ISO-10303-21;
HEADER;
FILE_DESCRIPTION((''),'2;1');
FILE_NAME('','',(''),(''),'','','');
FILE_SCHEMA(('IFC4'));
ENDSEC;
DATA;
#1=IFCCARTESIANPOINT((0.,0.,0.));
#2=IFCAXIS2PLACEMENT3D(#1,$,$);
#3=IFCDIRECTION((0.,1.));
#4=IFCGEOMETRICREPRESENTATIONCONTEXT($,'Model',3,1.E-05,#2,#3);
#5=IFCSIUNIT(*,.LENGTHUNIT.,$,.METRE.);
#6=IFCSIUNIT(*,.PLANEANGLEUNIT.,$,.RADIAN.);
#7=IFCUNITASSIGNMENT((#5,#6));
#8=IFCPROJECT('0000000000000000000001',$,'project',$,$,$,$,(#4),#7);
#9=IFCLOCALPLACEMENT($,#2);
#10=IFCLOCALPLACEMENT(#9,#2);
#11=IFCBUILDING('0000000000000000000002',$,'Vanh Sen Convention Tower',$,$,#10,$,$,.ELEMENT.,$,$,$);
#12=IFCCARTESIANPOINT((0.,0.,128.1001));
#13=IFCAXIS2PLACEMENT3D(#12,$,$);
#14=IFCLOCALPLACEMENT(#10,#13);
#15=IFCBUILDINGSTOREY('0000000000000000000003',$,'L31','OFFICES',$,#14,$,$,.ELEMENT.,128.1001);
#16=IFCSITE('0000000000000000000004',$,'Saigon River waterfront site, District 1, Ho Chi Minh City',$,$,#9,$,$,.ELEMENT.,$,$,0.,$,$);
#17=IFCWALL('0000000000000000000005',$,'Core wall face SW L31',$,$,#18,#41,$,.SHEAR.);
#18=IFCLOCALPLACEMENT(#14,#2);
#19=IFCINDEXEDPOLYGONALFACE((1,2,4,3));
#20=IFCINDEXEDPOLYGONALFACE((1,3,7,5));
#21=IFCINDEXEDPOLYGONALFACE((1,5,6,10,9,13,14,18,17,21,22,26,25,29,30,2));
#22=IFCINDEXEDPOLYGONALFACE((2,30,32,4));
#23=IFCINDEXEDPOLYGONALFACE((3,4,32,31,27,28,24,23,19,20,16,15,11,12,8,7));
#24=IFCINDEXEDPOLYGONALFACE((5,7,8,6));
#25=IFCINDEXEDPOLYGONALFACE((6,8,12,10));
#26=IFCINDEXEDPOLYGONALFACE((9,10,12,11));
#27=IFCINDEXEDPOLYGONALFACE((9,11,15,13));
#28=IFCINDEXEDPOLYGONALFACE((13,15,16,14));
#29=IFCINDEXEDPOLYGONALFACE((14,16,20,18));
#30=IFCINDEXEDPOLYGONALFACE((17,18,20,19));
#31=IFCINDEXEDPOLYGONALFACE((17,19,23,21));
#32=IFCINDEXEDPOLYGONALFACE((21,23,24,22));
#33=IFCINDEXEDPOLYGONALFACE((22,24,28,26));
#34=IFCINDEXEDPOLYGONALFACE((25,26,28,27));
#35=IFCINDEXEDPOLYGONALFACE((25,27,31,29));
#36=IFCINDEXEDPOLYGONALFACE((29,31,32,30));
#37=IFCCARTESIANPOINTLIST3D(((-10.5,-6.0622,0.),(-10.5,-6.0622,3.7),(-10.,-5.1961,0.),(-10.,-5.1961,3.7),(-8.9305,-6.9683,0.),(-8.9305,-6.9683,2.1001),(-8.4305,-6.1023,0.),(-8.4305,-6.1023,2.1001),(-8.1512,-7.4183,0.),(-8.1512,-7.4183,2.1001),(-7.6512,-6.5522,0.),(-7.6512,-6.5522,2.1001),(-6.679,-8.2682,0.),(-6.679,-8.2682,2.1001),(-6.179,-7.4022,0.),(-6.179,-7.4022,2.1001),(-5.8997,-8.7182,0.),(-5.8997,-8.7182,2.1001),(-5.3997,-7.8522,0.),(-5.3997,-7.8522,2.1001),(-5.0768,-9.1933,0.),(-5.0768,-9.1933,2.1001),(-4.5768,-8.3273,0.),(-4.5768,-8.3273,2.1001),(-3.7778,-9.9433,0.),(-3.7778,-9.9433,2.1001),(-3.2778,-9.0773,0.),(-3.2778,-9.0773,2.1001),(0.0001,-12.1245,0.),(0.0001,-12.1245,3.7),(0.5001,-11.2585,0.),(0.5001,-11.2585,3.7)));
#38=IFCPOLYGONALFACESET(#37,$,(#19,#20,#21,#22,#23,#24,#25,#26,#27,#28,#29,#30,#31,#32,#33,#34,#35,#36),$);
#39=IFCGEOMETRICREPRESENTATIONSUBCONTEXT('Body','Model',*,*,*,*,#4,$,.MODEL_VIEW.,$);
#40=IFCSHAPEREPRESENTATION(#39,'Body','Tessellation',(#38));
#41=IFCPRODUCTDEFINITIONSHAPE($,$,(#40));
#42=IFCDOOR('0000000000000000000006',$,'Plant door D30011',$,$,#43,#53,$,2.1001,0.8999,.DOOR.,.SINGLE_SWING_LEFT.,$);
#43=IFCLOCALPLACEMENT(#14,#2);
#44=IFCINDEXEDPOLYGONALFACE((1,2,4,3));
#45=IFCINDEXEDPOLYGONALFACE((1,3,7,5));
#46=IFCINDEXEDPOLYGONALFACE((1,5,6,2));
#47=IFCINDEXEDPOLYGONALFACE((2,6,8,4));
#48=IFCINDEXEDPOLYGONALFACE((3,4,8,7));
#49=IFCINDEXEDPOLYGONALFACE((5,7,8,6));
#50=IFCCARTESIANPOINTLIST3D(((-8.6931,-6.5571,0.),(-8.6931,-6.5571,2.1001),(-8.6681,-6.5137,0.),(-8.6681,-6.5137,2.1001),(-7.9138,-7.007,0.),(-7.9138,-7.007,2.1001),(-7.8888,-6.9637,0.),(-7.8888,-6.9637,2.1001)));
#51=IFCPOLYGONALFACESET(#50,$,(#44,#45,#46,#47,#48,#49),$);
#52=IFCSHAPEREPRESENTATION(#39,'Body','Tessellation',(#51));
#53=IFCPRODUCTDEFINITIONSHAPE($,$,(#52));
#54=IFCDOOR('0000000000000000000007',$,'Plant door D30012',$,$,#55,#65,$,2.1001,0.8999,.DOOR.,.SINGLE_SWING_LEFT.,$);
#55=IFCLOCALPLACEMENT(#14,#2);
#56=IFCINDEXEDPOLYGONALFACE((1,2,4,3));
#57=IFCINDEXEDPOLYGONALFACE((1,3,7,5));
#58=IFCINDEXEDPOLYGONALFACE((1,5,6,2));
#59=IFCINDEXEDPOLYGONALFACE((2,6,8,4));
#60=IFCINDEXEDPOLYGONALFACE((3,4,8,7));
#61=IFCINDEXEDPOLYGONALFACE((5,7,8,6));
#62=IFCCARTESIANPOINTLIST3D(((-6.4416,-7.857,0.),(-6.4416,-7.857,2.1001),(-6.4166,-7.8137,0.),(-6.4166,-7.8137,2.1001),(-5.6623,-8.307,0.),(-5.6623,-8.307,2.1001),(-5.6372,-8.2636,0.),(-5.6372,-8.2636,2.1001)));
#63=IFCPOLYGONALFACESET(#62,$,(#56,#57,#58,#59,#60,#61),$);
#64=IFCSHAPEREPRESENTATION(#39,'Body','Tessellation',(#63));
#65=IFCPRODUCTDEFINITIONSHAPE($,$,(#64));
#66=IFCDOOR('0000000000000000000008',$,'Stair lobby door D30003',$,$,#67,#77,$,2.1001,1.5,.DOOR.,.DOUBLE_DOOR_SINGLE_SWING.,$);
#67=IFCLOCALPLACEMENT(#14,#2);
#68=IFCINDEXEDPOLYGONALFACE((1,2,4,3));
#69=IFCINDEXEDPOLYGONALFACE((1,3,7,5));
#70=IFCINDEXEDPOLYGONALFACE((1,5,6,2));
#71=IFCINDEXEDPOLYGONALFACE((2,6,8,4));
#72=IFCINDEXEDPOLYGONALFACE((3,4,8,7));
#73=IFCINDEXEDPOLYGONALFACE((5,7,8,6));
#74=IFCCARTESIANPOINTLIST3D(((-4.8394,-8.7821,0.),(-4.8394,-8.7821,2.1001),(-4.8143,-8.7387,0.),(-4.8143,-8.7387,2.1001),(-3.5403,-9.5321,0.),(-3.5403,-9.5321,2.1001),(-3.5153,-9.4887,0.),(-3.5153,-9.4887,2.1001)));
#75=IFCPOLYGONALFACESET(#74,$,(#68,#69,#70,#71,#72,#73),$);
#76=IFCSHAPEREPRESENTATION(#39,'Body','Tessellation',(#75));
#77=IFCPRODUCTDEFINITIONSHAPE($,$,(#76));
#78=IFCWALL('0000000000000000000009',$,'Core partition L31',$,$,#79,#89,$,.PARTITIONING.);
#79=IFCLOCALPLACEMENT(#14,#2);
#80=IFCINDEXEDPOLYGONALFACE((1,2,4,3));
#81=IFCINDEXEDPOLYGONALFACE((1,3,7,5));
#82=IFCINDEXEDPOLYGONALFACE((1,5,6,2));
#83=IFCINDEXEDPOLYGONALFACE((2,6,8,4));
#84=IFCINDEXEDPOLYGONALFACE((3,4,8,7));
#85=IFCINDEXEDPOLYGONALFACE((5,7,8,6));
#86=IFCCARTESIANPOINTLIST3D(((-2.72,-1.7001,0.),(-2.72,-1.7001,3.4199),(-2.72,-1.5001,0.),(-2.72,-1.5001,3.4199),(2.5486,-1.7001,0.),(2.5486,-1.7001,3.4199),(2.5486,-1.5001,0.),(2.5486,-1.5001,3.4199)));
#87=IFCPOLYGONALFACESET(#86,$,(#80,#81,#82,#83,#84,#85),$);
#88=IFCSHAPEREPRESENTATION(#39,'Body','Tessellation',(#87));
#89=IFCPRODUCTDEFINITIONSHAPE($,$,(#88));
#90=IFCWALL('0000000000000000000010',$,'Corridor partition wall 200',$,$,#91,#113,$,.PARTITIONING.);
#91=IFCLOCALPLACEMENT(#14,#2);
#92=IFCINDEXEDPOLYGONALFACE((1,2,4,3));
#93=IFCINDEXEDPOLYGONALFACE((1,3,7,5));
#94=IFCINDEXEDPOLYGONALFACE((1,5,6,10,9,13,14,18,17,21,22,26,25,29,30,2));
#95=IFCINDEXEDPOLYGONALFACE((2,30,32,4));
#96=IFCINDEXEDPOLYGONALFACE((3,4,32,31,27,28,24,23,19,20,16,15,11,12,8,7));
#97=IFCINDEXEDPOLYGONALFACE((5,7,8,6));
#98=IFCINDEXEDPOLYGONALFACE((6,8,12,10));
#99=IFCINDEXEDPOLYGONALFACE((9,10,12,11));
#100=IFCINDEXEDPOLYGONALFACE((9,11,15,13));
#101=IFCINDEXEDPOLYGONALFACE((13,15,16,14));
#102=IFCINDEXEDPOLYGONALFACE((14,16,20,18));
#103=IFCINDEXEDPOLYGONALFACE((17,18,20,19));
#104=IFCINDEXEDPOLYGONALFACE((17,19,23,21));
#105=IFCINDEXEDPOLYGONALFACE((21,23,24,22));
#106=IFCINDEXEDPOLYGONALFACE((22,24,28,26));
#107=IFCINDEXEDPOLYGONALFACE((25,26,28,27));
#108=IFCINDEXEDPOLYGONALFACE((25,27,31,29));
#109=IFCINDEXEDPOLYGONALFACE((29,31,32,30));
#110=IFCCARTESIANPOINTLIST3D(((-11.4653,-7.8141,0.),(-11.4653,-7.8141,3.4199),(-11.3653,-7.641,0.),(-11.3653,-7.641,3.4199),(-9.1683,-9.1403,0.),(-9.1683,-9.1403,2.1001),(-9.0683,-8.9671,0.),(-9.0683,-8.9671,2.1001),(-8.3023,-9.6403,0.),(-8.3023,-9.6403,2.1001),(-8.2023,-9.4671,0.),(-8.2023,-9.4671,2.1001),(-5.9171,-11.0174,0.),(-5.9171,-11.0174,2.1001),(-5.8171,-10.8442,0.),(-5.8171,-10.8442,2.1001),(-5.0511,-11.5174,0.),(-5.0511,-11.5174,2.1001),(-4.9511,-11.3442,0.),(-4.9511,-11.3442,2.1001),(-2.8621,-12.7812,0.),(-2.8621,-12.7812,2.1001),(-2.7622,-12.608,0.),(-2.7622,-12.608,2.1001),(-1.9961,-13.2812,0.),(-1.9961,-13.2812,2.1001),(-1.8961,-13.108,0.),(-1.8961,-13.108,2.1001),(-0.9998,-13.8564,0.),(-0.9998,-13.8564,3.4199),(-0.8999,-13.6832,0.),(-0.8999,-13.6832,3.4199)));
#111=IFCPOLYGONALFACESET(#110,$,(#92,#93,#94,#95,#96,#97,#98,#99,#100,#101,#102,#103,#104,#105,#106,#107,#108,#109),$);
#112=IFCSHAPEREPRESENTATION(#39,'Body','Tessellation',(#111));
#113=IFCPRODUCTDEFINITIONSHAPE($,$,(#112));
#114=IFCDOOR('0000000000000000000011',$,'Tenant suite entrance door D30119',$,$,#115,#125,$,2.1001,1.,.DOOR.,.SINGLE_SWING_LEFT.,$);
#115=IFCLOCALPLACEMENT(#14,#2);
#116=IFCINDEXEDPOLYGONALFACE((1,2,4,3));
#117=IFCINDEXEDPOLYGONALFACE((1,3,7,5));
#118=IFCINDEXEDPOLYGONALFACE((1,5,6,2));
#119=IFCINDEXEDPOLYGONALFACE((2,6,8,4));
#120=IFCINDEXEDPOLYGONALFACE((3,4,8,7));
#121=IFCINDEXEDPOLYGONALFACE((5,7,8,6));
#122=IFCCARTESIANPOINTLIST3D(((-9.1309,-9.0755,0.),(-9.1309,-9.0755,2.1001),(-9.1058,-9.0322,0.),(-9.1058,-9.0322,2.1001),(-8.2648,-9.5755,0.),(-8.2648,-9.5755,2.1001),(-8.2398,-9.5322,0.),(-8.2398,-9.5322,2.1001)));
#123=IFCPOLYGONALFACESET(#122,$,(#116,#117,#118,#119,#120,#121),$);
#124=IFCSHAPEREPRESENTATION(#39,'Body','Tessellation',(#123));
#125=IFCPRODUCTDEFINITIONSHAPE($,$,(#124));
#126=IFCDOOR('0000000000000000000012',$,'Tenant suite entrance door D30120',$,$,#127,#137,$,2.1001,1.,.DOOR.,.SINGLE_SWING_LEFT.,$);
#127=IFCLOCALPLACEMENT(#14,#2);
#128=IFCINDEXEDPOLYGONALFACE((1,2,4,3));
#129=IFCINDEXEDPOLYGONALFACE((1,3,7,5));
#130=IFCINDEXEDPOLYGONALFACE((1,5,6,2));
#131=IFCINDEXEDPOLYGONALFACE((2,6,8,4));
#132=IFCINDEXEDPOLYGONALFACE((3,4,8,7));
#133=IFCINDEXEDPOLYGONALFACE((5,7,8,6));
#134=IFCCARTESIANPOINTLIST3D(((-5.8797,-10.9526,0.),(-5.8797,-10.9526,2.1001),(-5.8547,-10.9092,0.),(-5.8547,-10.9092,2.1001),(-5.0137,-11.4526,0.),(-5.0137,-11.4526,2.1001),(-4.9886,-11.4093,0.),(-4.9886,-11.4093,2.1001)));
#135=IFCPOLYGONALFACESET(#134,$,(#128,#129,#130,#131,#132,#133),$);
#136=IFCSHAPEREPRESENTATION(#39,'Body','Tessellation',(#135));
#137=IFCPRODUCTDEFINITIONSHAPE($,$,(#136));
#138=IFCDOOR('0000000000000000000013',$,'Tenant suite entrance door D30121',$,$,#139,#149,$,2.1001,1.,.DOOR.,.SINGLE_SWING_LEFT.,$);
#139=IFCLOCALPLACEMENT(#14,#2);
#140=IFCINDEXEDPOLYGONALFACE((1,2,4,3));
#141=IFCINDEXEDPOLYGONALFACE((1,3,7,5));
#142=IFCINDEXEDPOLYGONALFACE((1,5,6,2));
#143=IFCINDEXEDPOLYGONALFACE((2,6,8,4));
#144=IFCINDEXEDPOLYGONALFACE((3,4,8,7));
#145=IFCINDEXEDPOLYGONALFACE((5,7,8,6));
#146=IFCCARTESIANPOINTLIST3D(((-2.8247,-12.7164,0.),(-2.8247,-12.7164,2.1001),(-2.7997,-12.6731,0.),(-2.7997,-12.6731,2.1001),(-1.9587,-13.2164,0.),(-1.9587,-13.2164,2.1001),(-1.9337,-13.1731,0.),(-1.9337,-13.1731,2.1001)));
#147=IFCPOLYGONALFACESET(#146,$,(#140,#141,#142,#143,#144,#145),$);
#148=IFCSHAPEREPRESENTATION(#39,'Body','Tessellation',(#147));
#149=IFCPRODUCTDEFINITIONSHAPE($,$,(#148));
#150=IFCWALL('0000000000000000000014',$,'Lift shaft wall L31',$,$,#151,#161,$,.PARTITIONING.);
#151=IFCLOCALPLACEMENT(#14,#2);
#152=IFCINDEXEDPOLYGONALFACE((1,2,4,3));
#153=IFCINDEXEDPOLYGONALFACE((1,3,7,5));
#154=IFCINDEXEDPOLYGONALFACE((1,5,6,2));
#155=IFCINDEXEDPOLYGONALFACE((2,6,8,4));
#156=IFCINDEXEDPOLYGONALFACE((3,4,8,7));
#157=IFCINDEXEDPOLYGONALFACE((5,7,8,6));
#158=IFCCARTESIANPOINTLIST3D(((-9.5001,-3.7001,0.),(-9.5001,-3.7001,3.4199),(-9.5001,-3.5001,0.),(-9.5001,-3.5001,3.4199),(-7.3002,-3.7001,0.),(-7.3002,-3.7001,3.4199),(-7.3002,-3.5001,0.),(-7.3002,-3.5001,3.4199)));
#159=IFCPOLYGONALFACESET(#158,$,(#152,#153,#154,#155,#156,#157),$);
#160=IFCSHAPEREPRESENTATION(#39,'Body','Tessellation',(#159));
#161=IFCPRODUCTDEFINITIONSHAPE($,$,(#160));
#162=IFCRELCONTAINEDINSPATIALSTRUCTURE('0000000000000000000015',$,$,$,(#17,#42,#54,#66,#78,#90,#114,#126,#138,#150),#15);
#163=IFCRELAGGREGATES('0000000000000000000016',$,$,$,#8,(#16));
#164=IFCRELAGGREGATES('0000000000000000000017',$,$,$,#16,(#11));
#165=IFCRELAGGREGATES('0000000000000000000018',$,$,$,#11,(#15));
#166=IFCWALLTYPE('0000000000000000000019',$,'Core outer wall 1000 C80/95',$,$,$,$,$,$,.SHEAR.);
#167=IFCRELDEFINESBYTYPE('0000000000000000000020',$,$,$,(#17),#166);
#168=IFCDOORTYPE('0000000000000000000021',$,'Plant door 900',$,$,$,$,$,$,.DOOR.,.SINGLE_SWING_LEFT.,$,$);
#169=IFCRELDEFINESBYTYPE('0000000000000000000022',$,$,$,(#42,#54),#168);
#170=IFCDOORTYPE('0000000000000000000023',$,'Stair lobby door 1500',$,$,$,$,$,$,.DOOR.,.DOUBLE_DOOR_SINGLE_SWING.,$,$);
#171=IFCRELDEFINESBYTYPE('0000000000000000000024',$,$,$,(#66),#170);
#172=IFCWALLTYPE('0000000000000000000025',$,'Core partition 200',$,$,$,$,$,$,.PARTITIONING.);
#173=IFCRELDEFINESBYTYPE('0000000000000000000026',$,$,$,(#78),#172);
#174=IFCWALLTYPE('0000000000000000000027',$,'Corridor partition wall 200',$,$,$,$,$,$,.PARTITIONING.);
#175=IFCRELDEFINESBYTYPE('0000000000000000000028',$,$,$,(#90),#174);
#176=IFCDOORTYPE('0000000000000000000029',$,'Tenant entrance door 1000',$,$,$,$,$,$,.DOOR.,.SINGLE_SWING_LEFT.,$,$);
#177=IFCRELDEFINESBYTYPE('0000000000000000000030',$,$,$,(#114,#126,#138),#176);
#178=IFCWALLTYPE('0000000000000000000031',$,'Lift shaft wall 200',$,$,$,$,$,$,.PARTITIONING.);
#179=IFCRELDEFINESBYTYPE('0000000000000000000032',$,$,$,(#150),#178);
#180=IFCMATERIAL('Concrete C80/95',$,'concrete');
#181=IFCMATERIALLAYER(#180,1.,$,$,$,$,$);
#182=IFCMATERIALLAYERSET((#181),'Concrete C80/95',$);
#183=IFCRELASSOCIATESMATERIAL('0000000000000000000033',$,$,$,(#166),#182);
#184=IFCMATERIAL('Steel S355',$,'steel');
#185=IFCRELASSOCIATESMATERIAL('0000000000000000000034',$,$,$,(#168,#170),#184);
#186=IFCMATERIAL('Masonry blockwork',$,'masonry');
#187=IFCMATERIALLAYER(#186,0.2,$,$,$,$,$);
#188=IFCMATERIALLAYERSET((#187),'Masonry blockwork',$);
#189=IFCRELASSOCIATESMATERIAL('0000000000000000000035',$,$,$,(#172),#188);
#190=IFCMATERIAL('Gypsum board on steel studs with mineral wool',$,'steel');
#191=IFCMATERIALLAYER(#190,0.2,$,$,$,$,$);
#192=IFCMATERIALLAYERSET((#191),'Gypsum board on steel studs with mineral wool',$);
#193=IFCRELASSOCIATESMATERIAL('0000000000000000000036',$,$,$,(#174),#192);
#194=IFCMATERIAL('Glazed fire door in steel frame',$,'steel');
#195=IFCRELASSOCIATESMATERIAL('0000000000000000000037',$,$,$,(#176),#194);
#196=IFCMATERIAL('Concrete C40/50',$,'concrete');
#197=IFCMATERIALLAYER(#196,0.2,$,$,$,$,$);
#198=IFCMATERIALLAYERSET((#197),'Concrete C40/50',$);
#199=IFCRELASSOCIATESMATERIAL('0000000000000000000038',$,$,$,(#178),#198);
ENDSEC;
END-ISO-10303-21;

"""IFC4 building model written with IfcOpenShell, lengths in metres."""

from ifc_helpers import new_model, si_unit, direction, frame, frame_2d, origin, place, context, subcontext, project, spatial, rectangle, extrude, material, layer, layer_set, type_object, element, fill, save


model = new_model("IFC4")

# Units and contexts
model_context = context("Model", 3, precision=1e-05, world=origin(), true_north=direction((0.0, 1.0)))
body_context = subcontext(model_context, "Body", "Model", "MODEL_VIEW")
ifc_project = project(units=[si_unit("LENGTHUNIT", "METRE"), si_unit("PLANEANGLEUNIT", "RADIAN")], contexts=[model_context])

# Site, building, storey
site_placement = place(None, origin())
site = spatial("IfcSite", under=ifc_project, at=site_placement, Name="Saigon River waterfront site, District 1, Ho Chi Minh City", CompositionType="ELEMENT", RefElevation=0.0)
building_placement = place(site_placement, origin())
building = spatial("IfcBuilding", under=site, at=building_placement, Name="Vanh Sen Convention Tower", CompositionType="ELEMENT")
storey_placement = place(building_placement, frame((0.0, 0.0, 128.1001)))
storey = spatial("IfcBuildingStorey", under=building, at=storey_placement, Name="L31", Description="OFFICES", CompositionType="ELEMENT", Elevation=128.1001)

# Wall, openings, doors
ifc_material_1 = material(Name="Concrete C80/95", Category="concrete")
ifc_layer_1 = layer(ifc_material_1, 1.0)
ifc_layer_set_1 = layer_set([ifc_layer_1], Name="Concrete C80/95")
wall_type_1 = type_object("IfcWallType", Name="Core outer wall 1000 C80/95", PredefinedType="SHEAR", material=ifc_layer_set_1)
wall_1_placement = place(storey_placement, frame((-10.25, -5.6292, 0.0), z_axis=(0.0, 0.0, 1.0), x_axis=(0.866023, -0.500005, 0.0)))
wall_1 = element("IfcWall", 1, at=wall_1_placement, inside=storey, type_object=wall_type_1, Name="Core wall face SW L31", PredefinedType="SHEAR", context=body_context, shape_type="SweptSolid", body=[
    extrude(rectangle(XDim=12.1245, YDim=1.0, at=frame_2d((6.0623, 0.0))), origin(), (0.0, 0.0, 1.0), 3.7),
])
opening_1_placement = place(wall_1_placement, frame((6.2622, 0.0, 0.0)))
opening_1 = element("IfcOpeningElement", 2, at=opening_1_placement, cuts=wall_1, PredefinedType="OPENING", context=body_context, shape_type="SweptSolid", body=[
    extrude(rectangle(XDim=1.5, YDim=2.1001, at=frame_2d((0.75, 1.05))), frame((0.0, 0.51, 0.0), z_axis=(0.0, -1.0, 0.0), x_axis=(1.0, 0.0, 0.0)), (0.0, 0.0, 1.0), 1.02),
])
opening_2_placement = place(wall_1_placement, frame((1.8123, 0.0, 0.0)))
opening_2 = element("IfcOpeningElement", 3, at=opening_2_placement, cuts=wall_1, PredefinedType="OPENING", context=body_context, shape_type="SweptSolid", body=[
    extrude(rectangle(XDim=0.8999, YDim=2.1001, at=frame_2d((0.45, 1.05))), frame((0.0, 0.51, 0.0), z_axis=(0.0, -1.0, 0.0), x_axis=(1.0, 0.0, 0.0)), (0.0, 0.0, 1.0), 1.02),
])
opening_3_placement = place(wall_1_placement, frame((4.4121, 0.0, 0.0)))
opening_3 = element("IfcOpeningElement", 4, at=opening_3_placement, cuts=wall_1, PredefinedType="OPENING", context=body_context, shape_type="SweptSolid", body=[
    extrude(rectangle(XDim=0.8999, YDim=2.1001, at=frame_2d((0.45, 1.05))), frame((0.0, 0.51, 0.0), z_axis=(0.0, -1.0, 0.0), x_axis=(1.0, 0.0, 0.0)), (0.0, 0.0, 1.0), 1.02),
])
ifc_material_2 = material(Name="Steel S355", Category="steel")
door_type_1 = type_object("IfcDoorType", Name="Plant door 900", OperationType="SINGLE_SWING_LEFT", PredefinedType="DOOR", material=ifc_material_2)
door_1_placement = place(opening_2_placement, origin())
door_1 = element("IfcDoor", 5, at=door_1_placement, inside=storey, type_object=door_type_1, Name="Plant door D30011", OperationType="SINGLE_SWING_LEFT", OverallHeight=2.1001, OverallWidth=0.8999, PredefinedType="DOOR", context=body_context, shape_type="SweptSolid", body=[
    extrude(rectangle(XDim=0.8999, YDim=2.1001, at=frame_2d((0.45, 1.05))), frame((0.0, 0.0249, 0.0), z_axis=(0.0, -1.0, 0.0), x_axis=(1.0, 0.0, 0.0)), (0.0, 0.0, 1.0), 0.05),
])
fill(opening_2, door_1)
door_2_placement = place(opening_3_placement, origin())
door_2 = element("IfcDoor", 6, at=door_2_placement, inside=storey, type_object=door_type_1, Name="Plant door D30012", OperationType="SINGLE_SWING_LEFT", OverallHeight=2.1001, OverallWidth=0.8999, PredefinedType="DOOR", context=body_context, shape_type="SweptSolid", body=[
    extrude(rectangle(XDim=0.8999, YDim=2.1001, at=frame_2d((0.45, 1.05))), frame((0.0, 0.0249, 0.0), z_axis=(0.0, -1.0, 0.0), x_axis=(1.0, 0.0, 0.0)), (0.0, 0.0, 1.0), 0.05),
])
fill(opening_3, door_2)
door_type_2 = type_object("IfcDoorType", Name="Stair lobby door 1500", OperationType="DOUBLE_DOOR_SINGLE_SWING", PredefinedType="DOOR", material=ifc_material_2)
door_3_placement = place(opening_1_placement, origin())
door_3 = element("IfcDoor", 7, at=door_3_placement, inside=storey, type_object=door_type_2, Name="Stair lobby door D30003", OperationType="DOUBLE_DOOR_SINGLE_SWING", OverallHeight=2.1001, OverallWidth=1.5, PredefinedType="DOOR", context=body_context, shape_type="SweptSolid", body=[
    extrude(rectangle(XDim=1.5, YDim=2.1001, at=frame_2d((0.75, 1.05))), frame((0.0, 0.0249, 0.0), z_axis=(0.0, -1.0, 0.0), x_axis=(1.0, 0.0, 0.0)), (0.0, 0.0, 1.0), 0.05),
])
fill(opening_1, door_3)

# Wall
ifc_material_3 = material(Name="Masonry blockwork", Category="masonry")
ifc_layer_2 = layer(ifc_material_3, 0.2)
ifc_layer_set_2 = layer_set([ifc_layer_2], Name="Masonry blockwork")
wall_type_2 = type_object("IfcWallType", Name="Core partition 200", PredefinedType="PARTITIONING", material=ifc_layer_set_2)
wall_2_placement = place(storey_placement, frame((-2.72, -1.6001, 0.0), z_axis=(0.0, 0.0, 1.0), x_axis=(1.0, 0.0, 0.0)))
element("IfcWall", 8, at=wall_2_placement, inside=storey, type_object=wall_type_2, Name="Core partition L31", PredefinedType="PARTITIONING", context=body_context, shape_type="SweptSolid", body=[
    extrude(rectangle(XDim=5.2686, YDim=0.2, at=frame_2d((2.6343, 0.0))), origin(), (0.0, 0.0, 1.0), 3.4199),
])

# Wall, openings, doors
ifc_material_4 = material(Name="Gypsum board on steel studs with mineral wool", Category="steel")
ifc_layer_3 = layer(ifc_material_4, 0.2)
ifc_layer_set_3 = layer_set([ifc_layer_3], Name="Gypsum board on steel studs with mineral wool")
wall_type_3 = type_object("IfcWallType", Name="Corridor partition wall 200", PredefinedType="PARTITIONING", material=ifc_layer_set_3)
wall_3_placement = place(storey_placement, frame((-11.4153, -7.7275, 0.0), z_axis=(0.0, 0.0, 1.0), x_axis=(0.866023, -0.500005, 0.0)))
wall_3 = element("IfcWall", 9, at=wall_3_placement, inside=storey, type_object=wall_type_3, Name="Corridor partition wall 200", PredefinedType="PARTITIONING", context=body_context, shape_type="SweptSolid", body=[
    extrude(rectangle(XDim=12.0845, YDim=0.2, at=frame_2d((6.0422, 0.0))), origin(), (0.0, 0.0, 1.0), 3.4199),
])
opening_4_placement = place(wall_3_placement, frame((2.6523, 0.0, 0.0)))
opening_4 = element("IfcOpeningElement", 10, at=opening_4_placement, cuts=wall_3, PredefinedType="OPENING", context=body_context, shape_type="SweptSolid", body=[
    extrude(rectangle(XDim=1.0, YDim=2.1001, at=frame_2d((0.5, 1.05))), frame((0.0, 0.1099, 0.0), z_axis=(0.0, -1.0, 0.0), x_axis=(1.0, 0.0, 0.0)), (0.0, 0.0, 1.0), 0.22),
])
opening_5_placement = place(wall_3_placement, frame((6.4065, 0.0, 0.0)))
opening_5 = element("IfcOpeningElement", 11, at=opening_5_placement, cuts=wall_3, PredefinedType="OPENING", context=body_context, shape_type="SweptSolid", body=[
    extrude(rectangle(XDim=1.0, YDim=2.1001, at=frame_2d((0.5, 1.05))), frame((0.0, 0.1099, 0.0), z_axis=(0.0, -1.0, 0.0), x_axis=(1.0, 0.0, 0.0)), (0.0, 0.0, 1.0), 0.22),
])
opening_6_placement = place(wall_3_placement, frame((9.9341, 0.0, 0.0)))
opening_6 = element("IfcOpeningElement", 12, at=opening_6_placement, cuts=wall_3, PredefinedType="OPENING", context=body_context, shape_type="SweptSolid", body=[
    extrude(rectangle(XDim=1.0, YDim=2.1001, at=frame_2d((0.5, 1.05))), frame((0.0, 0.1099, 0.0), z_axis=(0.0, -1.0, 0.0), x_axis=(1.0, 0.0, 0.0)), (0.0, 0.0, 1.0), 0.22),
])
ifc_material_5 = material(Name="Glazed fire door in steel frame", Category="steel")
door_type_3 = type_object("IfcDoorType", Name="Tenant entrance door 1000", OperationType="SINGLE_SWING_LEFT", PredefinedType="DOOR", material=ifc_material_5)
door_4_placement = place(opening_4_placement, origin())
door_4 = element("IfcDoor", 13, at=door_4_placement, inside=storey, type_object=door_type_3, Name="Tenant suite entrance door D30119", OperationType="SINGLE_SWING_LEFT", OverallHeight=2.1001, OverallWidth=1.0, PredefinedType="DOOR", context=body_context, shape_type="SweptSolid", body=[
    extrude(rectangle(XDim=1.0, YDim=2.1001, at=frame_2d((0.5, 1.05))), frame((0.0, 0.0249, 0.0), z_axis=(0.0, -1.0, 0.0), x_axis=(1.0, 0.0, 0.0)), (0.0, 0.0, 1.0), 0.05),
])
fill(opening_4, door_4)
door_5_placement = place(opening_5_placement, origin())
door_5 = element("IfcDoor", 14, at=door_5_placement, inside=storey, type_object=door_type_3, Name="Tenant suite entrance door D30120", OperationType="SINGLE_SWING_LEFT", OverallHeight=2.1001, OverallWidth=1.0, PredefinedType="DOOR", context=body_context, shape_type="SweptSolid", body=[
    extrude(rectangle(XDim=1.0, YDim=2.1001, at=frame_2d((0.5, 1.05))), frame((0.0, 0.0249, 0.0), z_axis=(0.0, -1.0, 0.0), x_axis=(1.0, 0.0, 0.0)), (0.0, 0.0, 1.0), 0.05),
])
fill(opening_5, door_5)
door_6_placement = place(opening_6_placement, origin())
door_6 = element("IfcDoor", 15, at=door_6_placement, inside=storey, type_object=door_type_3, Name="Tenant suite entrance door D30121", OperationType="SINGLE_SWING_LEFT", OverallHeight=2.1001, OverallWidth=1.0, PredefinedType="DOOR", context=body_context, shape_type="SweptSolid", body=[
    extrude(rectangle(XDim=1.0, YDim=2.1001, at=frame_2d((0.5, 1.05))), frame((0.0, 0.0249, 0.0), z_axis=(0.0, -1.0, 0.0), x_axis=(1.0, 0.0, 0.0)), (0.0, 0.0, 1.0), 0.05),
])
fill(opening_6, door_6)

# Wall
ifc_material_6 = material(Name="Concrete C40/50", Category="concrete")
ifc_layer_4 = layer(ifc_material_6, 0.2)
ifc_layer_set_4 = layer_set([ifc_layer_4], Name="Concrete C40/50")
wall_type_4 = type_object("IfcWallType", Name="Lift shaft wall 200", PredefinedType="PARTITIONING", material=ifc_layer_set_4)
wall_4_placement = place(storey_placement, frame((-7.3, -3.6001, 0.0), z_axis=(0.0, 0.0, 1.0), x_axis=(-1.0, 0.0, 0.0)))
element("IfcWall", 16, at=wall_4_placement, inside=storey, type_object=wall_type_4, Name="Lift shaft wall L31", PredefinedType="PARTITIONING", context=body_context, shape_type="SweptSolid", body=[
    extrude(rectangle(XDim=2.2, YDim=0.2, at=frame_2d((1.1001, 0.0))), origin(), (0.0, 0.0, 1.0), 3.4199),
])

save(model, "model.ifc")
